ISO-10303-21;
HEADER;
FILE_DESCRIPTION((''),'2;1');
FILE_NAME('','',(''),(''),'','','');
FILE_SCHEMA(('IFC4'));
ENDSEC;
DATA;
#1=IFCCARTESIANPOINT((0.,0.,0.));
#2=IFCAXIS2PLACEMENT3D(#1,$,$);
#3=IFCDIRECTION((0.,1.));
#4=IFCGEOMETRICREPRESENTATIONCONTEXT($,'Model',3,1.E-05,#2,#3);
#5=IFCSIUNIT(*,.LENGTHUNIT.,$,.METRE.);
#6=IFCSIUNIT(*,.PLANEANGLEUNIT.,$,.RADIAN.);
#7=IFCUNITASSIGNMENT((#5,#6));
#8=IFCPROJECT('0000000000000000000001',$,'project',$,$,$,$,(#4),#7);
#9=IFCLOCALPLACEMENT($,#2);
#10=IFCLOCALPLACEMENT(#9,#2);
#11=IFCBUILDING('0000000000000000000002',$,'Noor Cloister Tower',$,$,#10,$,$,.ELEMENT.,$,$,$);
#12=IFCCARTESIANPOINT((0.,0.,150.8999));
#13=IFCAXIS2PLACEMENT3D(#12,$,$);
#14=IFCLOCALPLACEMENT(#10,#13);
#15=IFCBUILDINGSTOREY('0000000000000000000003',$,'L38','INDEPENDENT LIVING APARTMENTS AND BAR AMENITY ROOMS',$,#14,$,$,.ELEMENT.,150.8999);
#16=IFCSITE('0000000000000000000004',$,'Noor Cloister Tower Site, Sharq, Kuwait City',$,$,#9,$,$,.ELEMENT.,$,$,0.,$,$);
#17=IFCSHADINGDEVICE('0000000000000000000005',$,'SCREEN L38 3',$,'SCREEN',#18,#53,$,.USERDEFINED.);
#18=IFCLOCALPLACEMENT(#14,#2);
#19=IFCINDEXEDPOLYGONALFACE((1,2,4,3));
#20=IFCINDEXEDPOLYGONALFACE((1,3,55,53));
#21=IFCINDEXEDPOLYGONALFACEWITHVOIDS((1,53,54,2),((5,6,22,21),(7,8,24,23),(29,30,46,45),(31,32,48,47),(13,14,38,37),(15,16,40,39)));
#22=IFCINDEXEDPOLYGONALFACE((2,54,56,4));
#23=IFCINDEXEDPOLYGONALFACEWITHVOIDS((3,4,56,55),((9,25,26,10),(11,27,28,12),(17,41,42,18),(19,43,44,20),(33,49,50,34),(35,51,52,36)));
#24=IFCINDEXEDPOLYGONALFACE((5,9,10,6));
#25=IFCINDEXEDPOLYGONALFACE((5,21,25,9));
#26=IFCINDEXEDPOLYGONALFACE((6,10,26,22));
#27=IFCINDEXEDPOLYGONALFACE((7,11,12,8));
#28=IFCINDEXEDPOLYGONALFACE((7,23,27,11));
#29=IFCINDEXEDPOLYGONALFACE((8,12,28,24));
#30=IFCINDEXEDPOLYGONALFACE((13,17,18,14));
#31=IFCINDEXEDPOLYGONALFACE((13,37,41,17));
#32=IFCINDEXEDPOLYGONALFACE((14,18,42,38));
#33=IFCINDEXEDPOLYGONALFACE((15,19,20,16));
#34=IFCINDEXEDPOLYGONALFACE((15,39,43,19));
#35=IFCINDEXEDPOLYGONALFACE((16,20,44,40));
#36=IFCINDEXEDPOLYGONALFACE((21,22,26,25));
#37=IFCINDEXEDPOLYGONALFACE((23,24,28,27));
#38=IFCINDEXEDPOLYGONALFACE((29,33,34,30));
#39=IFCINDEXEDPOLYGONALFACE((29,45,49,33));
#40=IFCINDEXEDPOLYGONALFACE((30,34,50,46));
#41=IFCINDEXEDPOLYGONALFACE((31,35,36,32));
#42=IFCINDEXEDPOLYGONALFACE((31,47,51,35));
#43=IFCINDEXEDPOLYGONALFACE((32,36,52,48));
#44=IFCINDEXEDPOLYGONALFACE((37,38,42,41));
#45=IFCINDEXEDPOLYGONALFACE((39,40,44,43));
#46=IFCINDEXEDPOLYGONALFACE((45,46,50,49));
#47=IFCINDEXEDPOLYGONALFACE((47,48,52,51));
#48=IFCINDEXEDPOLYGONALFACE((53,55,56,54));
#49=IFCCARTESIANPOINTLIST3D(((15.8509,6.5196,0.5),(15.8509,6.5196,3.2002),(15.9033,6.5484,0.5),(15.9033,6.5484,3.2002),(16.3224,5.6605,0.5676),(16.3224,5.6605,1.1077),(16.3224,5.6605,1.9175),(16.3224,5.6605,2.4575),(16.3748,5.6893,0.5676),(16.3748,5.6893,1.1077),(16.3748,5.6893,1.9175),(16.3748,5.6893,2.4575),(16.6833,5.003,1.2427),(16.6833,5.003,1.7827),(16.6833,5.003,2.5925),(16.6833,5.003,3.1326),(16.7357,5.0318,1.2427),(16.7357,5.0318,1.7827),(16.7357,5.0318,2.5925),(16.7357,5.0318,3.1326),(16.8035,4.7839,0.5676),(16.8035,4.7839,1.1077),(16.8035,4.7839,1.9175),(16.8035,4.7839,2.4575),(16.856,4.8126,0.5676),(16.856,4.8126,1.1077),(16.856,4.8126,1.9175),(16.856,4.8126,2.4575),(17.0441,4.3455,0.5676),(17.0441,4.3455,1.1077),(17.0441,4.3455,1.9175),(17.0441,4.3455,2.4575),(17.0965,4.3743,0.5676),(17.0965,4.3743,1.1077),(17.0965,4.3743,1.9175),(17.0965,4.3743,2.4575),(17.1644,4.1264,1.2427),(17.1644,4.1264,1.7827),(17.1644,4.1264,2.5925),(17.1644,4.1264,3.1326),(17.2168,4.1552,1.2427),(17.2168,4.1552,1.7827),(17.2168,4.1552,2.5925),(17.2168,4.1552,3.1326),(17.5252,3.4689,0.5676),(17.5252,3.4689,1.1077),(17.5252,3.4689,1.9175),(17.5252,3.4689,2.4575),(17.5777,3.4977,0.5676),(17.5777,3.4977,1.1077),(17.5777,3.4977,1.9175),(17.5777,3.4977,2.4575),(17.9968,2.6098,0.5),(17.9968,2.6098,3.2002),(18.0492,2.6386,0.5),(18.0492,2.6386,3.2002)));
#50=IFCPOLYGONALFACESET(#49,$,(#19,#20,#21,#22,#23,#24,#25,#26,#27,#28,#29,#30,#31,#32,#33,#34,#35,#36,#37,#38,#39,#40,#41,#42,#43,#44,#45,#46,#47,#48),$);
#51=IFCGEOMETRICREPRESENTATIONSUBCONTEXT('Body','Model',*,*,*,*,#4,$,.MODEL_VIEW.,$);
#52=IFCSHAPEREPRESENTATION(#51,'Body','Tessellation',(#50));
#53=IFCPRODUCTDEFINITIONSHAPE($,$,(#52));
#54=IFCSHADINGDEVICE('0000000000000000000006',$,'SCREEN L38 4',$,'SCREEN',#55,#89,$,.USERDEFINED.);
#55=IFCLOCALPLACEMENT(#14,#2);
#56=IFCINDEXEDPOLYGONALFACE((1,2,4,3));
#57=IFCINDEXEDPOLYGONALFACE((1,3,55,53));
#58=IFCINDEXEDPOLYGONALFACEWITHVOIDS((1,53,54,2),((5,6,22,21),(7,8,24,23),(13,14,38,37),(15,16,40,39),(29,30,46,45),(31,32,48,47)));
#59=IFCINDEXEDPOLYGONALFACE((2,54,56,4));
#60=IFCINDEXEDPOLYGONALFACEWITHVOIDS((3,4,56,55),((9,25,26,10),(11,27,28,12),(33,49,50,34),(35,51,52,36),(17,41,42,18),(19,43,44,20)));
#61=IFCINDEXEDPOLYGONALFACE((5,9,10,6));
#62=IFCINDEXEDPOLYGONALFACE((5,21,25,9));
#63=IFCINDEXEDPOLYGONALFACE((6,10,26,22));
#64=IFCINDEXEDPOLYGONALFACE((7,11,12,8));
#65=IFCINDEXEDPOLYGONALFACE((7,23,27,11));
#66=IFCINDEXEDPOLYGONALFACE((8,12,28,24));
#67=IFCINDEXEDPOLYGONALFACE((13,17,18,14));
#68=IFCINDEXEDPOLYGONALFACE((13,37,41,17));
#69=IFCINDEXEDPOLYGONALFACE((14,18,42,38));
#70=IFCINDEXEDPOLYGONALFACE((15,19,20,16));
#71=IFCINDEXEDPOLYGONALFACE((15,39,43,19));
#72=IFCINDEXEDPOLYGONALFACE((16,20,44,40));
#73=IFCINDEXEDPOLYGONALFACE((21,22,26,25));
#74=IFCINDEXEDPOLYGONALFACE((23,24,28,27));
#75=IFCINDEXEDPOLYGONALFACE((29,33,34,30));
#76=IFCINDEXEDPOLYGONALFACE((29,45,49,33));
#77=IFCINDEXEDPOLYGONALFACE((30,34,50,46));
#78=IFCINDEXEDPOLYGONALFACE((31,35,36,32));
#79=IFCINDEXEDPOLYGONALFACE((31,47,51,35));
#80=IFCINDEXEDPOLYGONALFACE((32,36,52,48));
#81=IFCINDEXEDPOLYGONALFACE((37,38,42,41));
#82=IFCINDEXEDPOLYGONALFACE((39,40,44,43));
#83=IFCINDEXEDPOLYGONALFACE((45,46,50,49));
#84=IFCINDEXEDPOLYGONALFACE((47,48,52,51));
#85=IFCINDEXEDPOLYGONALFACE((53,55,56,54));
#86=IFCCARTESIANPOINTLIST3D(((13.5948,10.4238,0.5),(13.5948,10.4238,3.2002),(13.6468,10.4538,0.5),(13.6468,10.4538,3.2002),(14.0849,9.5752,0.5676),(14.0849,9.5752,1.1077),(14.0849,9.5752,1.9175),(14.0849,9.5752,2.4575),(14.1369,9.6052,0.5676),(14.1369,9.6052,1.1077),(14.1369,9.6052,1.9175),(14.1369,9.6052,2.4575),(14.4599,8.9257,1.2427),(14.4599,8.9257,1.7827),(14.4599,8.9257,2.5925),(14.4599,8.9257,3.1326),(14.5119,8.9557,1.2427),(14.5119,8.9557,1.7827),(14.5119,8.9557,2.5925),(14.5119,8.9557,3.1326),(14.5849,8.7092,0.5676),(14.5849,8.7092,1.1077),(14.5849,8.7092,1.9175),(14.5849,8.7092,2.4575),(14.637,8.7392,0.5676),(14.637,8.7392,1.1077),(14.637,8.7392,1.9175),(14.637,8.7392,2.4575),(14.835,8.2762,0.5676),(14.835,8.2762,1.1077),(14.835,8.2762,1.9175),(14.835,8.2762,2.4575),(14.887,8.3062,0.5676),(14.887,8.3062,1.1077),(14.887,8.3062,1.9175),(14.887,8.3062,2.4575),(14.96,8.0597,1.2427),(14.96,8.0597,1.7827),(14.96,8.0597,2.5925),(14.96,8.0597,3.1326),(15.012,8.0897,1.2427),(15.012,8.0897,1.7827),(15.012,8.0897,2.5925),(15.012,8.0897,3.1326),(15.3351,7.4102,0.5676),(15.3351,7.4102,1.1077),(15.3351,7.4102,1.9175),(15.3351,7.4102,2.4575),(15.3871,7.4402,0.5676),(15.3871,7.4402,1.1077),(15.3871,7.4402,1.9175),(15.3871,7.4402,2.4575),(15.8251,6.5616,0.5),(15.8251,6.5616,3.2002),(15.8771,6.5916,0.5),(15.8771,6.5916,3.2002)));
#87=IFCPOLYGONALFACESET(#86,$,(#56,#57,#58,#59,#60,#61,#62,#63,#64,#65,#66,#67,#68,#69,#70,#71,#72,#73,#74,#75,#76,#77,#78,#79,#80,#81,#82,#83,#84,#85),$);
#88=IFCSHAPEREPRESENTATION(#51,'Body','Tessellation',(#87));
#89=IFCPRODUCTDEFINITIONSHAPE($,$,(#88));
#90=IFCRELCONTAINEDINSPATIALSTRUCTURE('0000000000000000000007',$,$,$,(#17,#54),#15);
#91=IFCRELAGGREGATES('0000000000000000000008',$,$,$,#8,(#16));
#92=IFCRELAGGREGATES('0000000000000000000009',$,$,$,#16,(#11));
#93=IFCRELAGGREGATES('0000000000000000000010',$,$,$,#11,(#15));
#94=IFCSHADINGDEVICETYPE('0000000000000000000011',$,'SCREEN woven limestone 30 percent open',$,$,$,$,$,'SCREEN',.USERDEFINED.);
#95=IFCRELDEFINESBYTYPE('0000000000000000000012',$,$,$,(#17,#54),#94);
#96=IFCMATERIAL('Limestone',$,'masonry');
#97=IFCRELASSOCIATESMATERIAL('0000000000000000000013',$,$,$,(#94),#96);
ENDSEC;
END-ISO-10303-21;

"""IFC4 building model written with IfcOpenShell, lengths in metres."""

from ifc_helpers import new_model, si_unit, direction, frame, origin, place, context, subcontext, project, spatial, polyline, outline, extrude, material, material_profile, profile_set, type_object, element, save


model = new_model("IFC4")

# Units and contexts
model_context = context("Model", 3, precision=1e-05, world=origin(), true_north=direction((0.0, 1.0)))
body_context = subcontext(model_context, "Body", "Model", "MODEL_VIEW")
ifc_project = project(units=[si_unit("LENGTHUNIT", "METRE"), si_unit("PLANEANGLEUNIT", "RADIAN")], contexts=[model_context])

# Site, building, storey
site_placement = place(None, origin())
site = spatial("IfcSite", under=ifc_project, at=site_placement, Name="Noor Cloister Tower Site, Sharq, Kuwait City", CompositionType="ELEMENT", RefElevation=0.0)
building_placement = place(site_placement, origin())
building = spatial("IfcBuilding", under=site, at=building_placement, Name="Noor Cloister Tower", CompositionType="ELEMENT")
storey_placement = place(building_placement, frame((0.0, 0.0, 150.8999)))
storey = spatial("IfcBuildingStorey", under=building, at=storey_placement, Name="L38", Description="INDEPENDENT LIVING APARTMENTS AND BAR AMENITY ROOMS", CompositionType="ELEMENT", Elevation=150.8999)

# Shading devices
ifc_material_1 = material(Name="Limestone", Category="masonry")
ifc_material_profile_1 = material_profile(ifc_material_1, outline(polyline([(-2.23, -1.3501), (2.23, -1.3501), (2.23, 1.3501), (-2.23, 1.3501), (-2.23, -1.3501)]), holes=[polyline([(-1.25, -1.2825), (-0.25, -1.2825), (-0.25, -0.7424), (-1.25, -0.7424), (-1.25, -1.2825)]), polyline([(0.25, -1.2825), (1.25, -1.2825), (1.25, -0.7424), (0.25, -0.7424), (0.25, -1.2825)]), polyline([(-0.5, -0.6074), (0.5, -0.6074), (0.5, -0.0674), (-0.5, -0.0674), (-0.5, -0.6074)]), polyline([(-1.25, 0.0674), (-0.25, 0.0674), (-0.25, 0.6074), (-1.25, 0.6074), (-1.25, 0.0674)]), polyline([(0.25, 0.0674), (1.25, 0.0674), (1.25, 0.6074), (0.25, 0.6074), (0.25, 0.0674)]), polyline([(-0.5, 0.7424), (0.5, 0.7424), (0.5, 1.2825), (-0.5, 1.2825), (-0.5, 0.7424)])]), Name="Woven screen 30 percent open")
ifc_profile_set_1 = profile_set([ifc_material_profile_1], Name="Limestone")
shading_device_type = type_object("IfcShadingDeviceType", Name="SCREEN woven limestone 30 percent open", ElementType="SCREEN", PredefinedType="USERDEFINED", material=ifc_profile_set_1)
for number, where, z_axis, x_axis, name in (
    (1, (16.9238, 4.5647, 1.8501), (0.876646, 0.481136, 0.0), (-0.481136, 0.876646, 0.0), "SCREEN L38 3"),
):
    element("IfcShadingDevice", number, at=place(storey_placement, frame(where, z_axis=z_axis, x_axis=x_axis)), inside=storey, type_object=shading_device_type, Name=name, ObjectType="SCREEN", PredefinedType="USERDEFINED", context=body_context, shape_type="SweptSolid", body=[
        extrude(outline(polyline([(-2.23, -1.3501), (2.23, -1.3501), (2.23, 1.3501), (-2.23, 1.3501), (-2.23, -1.3501)]), holes=[polyline([(-1.25, -1.2825), (-0.25, -1.2825), (-0.25, -0.7424), (-1.25, -0.7424), (-1.25, -1.2825)]), polyline([(0.25, -1.2825), (1.25, -1.2825), (1.25, -0.7424), (0.25, -0.7424), (0.25, -1.2825)]), polyline([(-0.5, -0.6074), (0.5, -0.6074), (0.5, -0.0674), (-0.5, -0.0674), (-0.5, -0.6074)]), polyline([(-1.25, 0.0674), (-0.25, 0.0674), (-0.25, 0.6074), (-1.25, 0.6074), (-1.25, 0.0674)]), polyline([(0.25, 0.0674), (1.25, 0.0674), (1.25, 0.6074), (0.25, 0.6074), (0.25, 0.0674)]), polyline([(-0.5, 0.7424), (0.5, 0.7424), (0.5, 1.2825), (-0.5, 1.2825), (-0.5, 0.7424)])]), origin(), (0.0, 0.0, 1.0), 0.0598),
    ])
shading_device_placement = place(storey_placement, frame((14.71, 8.4927, 1.8501), z_axis=(0.865982, 0.500074, 0.0), x_axis=(-0.500074, 0.865982, 0.0)))
element("IfcShadingDevice", 2, at=shading_device_placement, inside=storey, type_object=shading_device_type, Name="SCREEN L38 4", ObjectType="SCREEN", PredefinedType="USERDEFINED", context=body_context, shape_type="SweptSolid", body=[
    extrude(outline(polyline([(-2.23, -1.3501), (2.23, -1.3501), (2.23, 1.3501), (-2.23, 1.3501), (-2.23, -1.3501)]), holes=[polyline([(-1.25, -1.2825), (-0.25, -1.2825), (-0.25, -0.7424), (-1.25, -0.7424), (-1.25, -1.2825)]), polyline([(0.25, -1.2825), (1.25, -1.2825), (1.25, -0.7424), (0.25, -0.7424), (0.25, -1.2825)]), polyline([(-0.5, -0.6074), (0.5, -0.6074), (0.5, -0.0674), (-0.5, -0.0674), (-0.5, -0.6074)]), polyline([(-1.25, 0.0674), (-0.25, 0.0674), (-0.25, 0.6074), (-1.25, 0.6074), (-1.25, 0.0674)]), polyline([(0.25, 0.0674), (1.25, 0.0674), (1.25, 0.6074), (0.25, 0.6074), (0.25, 0.0674)]), polyline([(-0.5, 0.7424), (0.5, 0.7424), (0.5, 1.2825), (-0.5, 1.2825), (-0.5, 0.7424)])]), origin(), (0.0, 0.0, 1.0), 0.0601),
])

save(model, "model.ifc")
